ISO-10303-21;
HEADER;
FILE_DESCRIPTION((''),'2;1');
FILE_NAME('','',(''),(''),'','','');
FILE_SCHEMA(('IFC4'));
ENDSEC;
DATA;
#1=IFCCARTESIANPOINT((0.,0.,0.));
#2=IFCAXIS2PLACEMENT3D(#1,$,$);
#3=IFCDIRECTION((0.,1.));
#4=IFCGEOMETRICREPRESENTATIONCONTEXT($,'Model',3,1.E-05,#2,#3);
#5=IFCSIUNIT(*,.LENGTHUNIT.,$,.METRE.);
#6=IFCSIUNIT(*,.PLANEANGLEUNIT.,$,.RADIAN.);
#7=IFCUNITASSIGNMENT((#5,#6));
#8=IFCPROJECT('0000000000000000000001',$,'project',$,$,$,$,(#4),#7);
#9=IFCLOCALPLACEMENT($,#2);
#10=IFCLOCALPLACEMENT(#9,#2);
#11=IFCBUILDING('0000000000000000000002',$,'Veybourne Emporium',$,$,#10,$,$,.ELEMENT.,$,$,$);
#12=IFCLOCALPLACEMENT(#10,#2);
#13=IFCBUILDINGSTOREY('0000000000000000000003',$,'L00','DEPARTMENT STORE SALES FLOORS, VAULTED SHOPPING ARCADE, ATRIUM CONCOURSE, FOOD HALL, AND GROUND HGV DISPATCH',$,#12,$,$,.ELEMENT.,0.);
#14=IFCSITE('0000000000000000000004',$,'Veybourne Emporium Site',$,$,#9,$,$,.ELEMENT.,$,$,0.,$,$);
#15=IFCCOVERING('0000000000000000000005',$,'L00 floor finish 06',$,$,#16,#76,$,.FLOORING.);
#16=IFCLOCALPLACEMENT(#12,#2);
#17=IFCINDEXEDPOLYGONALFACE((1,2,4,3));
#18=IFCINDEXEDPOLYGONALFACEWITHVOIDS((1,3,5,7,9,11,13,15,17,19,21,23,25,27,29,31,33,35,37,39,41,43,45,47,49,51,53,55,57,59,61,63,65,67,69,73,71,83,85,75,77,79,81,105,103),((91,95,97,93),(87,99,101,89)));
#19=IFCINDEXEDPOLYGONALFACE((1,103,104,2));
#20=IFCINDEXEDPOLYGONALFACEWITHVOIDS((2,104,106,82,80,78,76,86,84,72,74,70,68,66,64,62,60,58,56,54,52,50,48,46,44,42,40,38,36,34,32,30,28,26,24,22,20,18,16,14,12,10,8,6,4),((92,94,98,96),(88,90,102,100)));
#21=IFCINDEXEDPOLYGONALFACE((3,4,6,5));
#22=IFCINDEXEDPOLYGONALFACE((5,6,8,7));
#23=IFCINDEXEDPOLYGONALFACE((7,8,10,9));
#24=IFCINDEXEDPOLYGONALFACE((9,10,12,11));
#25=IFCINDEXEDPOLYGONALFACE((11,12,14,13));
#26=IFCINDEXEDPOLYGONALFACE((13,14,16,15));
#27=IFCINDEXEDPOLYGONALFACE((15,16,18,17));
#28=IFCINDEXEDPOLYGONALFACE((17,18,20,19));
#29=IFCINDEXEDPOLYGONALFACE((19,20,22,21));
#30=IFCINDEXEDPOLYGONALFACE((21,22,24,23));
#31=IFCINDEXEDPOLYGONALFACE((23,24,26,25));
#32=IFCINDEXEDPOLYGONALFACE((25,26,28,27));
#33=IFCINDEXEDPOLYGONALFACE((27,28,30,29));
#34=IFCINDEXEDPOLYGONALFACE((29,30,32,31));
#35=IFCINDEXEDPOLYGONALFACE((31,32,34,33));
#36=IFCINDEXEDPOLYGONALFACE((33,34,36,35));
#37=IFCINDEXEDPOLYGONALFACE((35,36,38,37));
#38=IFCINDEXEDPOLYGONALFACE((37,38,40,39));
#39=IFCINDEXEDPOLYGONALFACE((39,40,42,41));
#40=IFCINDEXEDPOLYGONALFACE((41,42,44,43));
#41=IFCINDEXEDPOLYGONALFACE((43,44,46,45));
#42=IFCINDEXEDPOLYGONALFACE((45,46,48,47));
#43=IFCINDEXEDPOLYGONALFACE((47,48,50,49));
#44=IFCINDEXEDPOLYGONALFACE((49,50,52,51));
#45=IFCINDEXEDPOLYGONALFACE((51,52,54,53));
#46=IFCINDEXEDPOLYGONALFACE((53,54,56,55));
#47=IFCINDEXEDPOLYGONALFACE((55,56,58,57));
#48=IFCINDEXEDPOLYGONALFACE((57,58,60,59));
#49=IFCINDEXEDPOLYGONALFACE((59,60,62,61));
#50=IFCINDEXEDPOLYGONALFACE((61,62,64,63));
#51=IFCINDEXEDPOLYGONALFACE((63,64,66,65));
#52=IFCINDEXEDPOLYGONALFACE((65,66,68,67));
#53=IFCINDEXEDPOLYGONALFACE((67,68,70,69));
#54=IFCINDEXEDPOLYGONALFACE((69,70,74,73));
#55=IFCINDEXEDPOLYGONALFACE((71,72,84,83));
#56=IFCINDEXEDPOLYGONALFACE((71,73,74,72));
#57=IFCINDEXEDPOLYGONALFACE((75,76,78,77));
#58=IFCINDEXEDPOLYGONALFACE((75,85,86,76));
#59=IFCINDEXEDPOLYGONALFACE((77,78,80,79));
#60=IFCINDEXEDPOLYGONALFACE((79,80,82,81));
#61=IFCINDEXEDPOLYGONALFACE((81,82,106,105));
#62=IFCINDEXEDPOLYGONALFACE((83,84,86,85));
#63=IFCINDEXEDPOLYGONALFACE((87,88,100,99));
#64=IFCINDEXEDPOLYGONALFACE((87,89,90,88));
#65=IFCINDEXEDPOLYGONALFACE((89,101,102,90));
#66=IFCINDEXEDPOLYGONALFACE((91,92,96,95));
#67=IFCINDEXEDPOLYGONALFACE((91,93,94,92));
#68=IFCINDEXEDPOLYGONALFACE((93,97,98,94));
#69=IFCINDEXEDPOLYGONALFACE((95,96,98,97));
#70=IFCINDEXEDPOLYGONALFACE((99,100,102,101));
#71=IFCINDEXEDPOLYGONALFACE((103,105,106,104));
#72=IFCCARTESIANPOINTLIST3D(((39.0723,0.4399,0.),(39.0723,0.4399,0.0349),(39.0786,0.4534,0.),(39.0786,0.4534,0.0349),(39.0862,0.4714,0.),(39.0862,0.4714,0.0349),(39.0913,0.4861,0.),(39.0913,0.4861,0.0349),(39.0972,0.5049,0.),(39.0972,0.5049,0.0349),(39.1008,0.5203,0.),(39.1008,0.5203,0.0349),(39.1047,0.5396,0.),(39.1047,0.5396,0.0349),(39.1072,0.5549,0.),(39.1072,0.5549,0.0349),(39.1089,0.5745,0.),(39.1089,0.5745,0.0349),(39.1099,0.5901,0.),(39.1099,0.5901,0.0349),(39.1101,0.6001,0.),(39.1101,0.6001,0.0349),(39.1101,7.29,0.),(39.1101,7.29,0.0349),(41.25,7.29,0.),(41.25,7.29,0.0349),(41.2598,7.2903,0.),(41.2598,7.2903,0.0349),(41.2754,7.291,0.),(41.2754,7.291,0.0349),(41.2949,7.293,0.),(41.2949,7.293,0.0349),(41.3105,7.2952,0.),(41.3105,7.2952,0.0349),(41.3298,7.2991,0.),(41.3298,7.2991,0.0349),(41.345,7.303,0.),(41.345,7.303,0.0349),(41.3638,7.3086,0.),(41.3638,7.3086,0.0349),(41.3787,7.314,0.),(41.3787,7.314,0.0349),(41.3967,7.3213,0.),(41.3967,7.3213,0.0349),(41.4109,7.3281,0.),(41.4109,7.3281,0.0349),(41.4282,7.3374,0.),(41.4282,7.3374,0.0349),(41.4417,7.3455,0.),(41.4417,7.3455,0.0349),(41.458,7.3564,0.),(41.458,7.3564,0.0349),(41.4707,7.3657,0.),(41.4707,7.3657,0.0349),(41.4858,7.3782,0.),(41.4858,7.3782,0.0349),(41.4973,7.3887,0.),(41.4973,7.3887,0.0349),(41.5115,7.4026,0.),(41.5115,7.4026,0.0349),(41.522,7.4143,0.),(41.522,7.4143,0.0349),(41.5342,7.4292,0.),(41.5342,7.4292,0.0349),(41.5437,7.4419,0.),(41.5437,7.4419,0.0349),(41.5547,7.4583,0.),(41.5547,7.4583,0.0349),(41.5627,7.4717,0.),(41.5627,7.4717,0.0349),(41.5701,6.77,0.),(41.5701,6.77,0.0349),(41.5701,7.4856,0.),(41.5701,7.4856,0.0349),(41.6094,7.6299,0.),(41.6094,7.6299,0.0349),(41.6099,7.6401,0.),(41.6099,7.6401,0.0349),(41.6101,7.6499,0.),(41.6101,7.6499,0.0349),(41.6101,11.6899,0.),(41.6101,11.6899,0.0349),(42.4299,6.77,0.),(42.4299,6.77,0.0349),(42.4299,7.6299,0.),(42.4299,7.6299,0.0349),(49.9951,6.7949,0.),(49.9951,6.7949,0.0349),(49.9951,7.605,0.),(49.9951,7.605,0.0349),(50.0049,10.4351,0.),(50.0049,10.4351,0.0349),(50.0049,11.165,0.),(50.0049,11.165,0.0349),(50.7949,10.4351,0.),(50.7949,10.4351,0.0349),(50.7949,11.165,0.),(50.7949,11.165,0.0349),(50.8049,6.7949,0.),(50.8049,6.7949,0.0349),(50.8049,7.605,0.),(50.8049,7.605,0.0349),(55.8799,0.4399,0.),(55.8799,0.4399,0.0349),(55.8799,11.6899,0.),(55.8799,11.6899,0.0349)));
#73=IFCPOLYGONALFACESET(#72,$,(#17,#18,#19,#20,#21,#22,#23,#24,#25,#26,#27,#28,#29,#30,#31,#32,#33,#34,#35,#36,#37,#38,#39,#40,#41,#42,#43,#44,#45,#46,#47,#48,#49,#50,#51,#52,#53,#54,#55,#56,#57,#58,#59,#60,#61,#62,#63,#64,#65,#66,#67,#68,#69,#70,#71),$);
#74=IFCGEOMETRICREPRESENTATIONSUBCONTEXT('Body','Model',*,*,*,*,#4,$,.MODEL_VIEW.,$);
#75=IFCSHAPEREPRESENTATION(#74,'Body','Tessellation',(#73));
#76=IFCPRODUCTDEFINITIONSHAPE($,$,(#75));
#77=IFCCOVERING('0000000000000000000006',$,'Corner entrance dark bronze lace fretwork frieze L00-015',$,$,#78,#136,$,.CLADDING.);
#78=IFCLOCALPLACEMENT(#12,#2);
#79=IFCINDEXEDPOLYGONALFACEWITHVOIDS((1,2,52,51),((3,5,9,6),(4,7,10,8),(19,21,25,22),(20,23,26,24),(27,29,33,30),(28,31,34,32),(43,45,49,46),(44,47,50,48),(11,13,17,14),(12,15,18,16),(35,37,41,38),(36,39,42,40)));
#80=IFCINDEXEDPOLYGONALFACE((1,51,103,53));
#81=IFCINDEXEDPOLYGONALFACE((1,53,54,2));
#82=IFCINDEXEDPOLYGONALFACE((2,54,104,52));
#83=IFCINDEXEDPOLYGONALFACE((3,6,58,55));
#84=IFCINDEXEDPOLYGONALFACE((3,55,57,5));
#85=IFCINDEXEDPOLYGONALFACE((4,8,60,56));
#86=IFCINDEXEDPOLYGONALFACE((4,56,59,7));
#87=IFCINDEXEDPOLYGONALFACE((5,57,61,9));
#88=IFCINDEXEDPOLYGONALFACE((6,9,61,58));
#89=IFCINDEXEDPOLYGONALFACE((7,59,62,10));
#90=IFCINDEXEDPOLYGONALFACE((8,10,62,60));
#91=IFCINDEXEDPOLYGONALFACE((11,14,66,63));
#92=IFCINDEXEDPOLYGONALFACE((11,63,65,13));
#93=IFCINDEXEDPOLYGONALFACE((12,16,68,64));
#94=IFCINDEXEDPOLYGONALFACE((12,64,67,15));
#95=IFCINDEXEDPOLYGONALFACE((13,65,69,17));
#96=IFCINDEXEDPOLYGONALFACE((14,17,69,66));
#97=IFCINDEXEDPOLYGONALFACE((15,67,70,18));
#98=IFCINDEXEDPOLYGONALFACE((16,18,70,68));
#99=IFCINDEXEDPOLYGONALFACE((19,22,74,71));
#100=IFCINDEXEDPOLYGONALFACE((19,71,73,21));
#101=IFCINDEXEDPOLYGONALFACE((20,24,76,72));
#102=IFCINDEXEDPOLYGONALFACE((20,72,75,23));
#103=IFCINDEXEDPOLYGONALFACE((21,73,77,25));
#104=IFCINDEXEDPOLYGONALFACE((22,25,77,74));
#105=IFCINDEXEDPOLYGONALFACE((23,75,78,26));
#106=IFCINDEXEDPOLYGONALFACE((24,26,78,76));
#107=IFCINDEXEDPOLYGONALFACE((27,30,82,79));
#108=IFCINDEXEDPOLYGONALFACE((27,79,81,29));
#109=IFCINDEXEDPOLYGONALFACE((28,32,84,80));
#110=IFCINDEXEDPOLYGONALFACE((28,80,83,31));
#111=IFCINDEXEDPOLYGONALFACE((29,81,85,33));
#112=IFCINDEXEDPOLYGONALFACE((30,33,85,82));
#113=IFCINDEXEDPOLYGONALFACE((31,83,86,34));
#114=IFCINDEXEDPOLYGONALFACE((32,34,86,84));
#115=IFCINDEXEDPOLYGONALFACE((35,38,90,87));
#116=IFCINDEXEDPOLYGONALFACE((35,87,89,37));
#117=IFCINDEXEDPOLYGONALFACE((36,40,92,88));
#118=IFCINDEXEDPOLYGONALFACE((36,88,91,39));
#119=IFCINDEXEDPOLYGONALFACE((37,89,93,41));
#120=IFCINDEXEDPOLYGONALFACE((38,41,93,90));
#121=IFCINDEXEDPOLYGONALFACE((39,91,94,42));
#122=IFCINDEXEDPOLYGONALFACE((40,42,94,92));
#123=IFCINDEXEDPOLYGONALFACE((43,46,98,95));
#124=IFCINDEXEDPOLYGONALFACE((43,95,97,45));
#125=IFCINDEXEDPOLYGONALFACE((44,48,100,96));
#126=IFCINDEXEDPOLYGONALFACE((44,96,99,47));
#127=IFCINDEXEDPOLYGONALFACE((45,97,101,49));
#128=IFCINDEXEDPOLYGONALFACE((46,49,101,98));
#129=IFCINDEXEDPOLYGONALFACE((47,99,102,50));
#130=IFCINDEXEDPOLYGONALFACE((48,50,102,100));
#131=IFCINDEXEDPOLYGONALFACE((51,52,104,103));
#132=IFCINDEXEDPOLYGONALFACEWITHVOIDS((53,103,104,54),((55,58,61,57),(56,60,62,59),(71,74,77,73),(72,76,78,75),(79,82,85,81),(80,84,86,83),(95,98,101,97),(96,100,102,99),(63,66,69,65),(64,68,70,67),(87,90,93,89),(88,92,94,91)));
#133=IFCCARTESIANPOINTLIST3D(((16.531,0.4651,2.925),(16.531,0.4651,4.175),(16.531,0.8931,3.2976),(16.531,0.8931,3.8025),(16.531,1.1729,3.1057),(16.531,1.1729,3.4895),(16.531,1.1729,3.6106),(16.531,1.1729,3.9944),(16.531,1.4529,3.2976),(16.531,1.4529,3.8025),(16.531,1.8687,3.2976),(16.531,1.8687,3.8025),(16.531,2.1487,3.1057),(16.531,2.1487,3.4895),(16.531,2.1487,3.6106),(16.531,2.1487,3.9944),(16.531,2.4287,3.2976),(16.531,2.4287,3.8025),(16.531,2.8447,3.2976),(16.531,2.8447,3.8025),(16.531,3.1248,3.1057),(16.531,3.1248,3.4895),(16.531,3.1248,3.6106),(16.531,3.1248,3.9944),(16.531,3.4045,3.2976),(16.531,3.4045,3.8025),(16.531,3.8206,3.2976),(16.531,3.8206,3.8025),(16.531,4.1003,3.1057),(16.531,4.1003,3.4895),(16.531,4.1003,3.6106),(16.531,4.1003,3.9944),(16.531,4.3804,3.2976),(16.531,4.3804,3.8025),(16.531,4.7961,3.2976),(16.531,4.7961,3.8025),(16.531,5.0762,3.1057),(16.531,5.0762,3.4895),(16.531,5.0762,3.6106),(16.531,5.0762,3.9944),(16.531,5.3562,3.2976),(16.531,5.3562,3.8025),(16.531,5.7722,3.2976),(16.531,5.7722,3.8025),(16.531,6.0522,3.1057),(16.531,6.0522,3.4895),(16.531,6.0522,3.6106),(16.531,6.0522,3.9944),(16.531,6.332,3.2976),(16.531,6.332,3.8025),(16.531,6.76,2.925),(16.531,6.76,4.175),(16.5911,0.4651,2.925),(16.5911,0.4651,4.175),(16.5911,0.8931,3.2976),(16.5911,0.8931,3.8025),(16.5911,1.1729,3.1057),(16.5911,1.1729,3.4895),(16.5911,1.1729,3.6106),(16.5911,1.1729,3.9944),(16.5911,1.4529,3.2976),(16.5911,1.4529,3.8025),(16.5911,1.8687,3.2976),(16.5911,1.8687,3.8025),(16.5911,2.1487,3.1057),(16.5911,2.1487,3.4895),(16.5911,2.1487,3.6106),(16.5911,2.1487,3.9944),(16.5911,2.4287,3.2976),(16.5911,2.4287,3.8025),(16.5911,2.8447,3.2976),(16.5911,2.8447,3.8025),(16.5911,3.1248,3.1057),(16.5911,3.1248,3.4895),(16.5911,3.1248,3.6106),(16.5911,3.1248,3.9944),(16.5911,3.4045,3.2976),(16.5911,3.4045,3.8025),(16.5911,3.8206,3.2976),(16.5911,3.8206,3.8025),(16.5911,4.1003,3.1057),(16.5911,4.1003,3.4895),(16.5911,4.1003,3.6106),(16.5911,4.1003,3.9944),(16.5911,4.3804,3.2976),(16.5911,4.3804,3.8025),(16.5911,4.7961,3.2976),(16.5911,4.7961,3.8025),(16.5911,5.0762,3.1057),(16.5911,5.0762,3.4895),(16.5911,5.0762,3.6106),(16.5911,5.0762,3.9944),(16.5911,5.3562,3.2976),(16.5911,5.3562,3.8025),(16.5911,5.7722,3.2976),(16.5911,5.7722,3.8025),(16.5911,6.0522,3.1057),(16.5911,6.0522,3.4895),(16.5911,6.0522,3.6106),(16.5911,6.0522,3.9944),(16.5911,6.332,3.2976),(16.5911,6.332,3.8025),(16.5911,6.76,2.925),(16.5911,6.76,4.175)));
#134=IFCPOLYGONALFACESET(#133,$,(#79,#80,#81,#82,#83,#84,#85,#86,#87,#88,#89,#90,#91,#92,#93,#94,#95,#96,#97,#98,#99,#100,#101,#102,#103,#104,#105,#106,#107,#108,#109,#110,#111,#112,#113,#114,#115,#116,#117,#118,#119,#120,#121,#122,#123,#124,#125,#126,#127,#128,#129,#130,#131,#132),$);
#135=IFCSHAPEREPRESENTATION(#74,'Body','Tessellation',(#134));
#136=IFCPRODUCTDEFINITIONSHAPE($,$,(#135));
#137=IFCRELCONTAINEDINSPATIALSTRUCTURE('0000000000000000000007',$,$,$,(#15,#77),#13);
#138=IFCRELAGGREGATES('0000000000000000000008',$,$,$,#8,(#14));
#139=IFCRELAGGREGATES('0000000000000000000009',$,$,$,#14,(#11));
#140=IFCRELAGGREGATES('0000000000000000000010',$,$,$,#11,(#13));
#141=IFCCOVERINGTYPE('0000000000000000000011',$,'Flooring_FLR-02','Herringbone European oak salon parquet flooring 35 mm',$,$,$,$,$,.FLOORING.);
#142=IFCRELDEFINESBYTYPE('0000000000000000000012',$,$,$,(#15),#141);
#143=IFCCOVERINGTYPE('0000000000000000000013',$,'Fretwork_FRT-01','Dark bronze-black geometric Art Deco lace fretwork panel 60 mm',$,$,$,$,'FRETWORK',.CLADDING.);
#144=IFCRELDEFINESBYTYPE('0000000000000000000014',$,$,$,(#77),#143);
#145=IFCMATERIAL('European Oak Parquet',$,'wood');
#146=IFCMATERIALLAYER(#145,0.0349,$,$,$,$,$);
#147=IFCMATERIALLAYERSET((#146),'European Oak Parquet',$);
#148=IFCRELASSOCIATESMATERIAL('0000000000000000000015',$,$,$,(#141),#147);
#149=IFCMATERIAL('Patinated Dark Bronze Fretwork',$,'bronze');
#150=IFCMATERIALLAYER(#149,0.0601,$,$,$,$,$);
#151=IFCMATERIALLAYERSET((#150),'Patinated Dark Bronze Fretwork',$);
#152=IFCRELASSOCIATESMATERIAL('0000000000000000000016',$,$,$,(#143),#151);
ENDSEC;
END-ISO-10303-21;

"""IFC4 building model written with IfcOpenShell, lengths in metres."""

from ifc_helpers import new_model, si_unit, direction, frame, origin, place, context, subcontext, project, spatial, polyline, outline, extrude, material, layer, layer_set, type_object, element, save


model = new_model("IFC4")

# Units and contexts
model_context = context("Model", 3, precision=1e-05, world=origin(), true_north=direction((0.0, 1.0)))
body_context = subcontext(model_context, "Body", "Model", "MODEL_VIEW")
ifc_project = project(units=[si_unit("LENGTHUNIT", "METRE"), si_unit("PLANEANGLEUNIT", "RADIAN")], contexts=[model_context])

# Site, building, storey
site_placement = place(None, origin())
site = spatial("IfcSite", under=ifc_project, at=site_placement, Name="Veybourne Emporium Site", CompositionType="ELEMENT", RefElevation=0.0)
building_placement = place(site_placement, origin())
building = spatial("IfcBuilding", under=site, at=building_placement, Name="Veybourne Emporium", CompositionType="ELEMENT")
storey_placement = place(building_placement, origin())
storey = spatial("IfcBuildingStorey", under=building, at=storey_placement, Name="L00", Description="DEPARTMENT STORE SALES FLOORS, VAULTED SHOPPING ARCADE, ATRIUM CONCOURSE, FOOD HALL, AND GROUND HGV DISPATCH", CompositionType="ELEMENT", Elevation=0.0)

# Coverings
ifc_material_1 = material(Name="European Oak Parquet", Category="wood")
ifc_layer_1 = layer(ifc_material_1, 0.0349)
ifc_layer_set_1 = layer_set([ifc_layer_1], Name="European Oak Parquet")
covering_type_1 = type_object("IfcCoveringType", Name="Flooring_FLR-02", Description="Herringbone European oak salon parquet flooring 35 mm", PredefinedType="FLOORING", material=ifc_layer_set_1)
covering_1_placement = place(storey_placement, origin())
element("IfcCovering", 1, at=covering_1_placement, inside=storey, type_object=covering_type_1, Name="L00 floor finish 06", PredefinedType="FLOORING", context=body_context, shape_type="SweptSolid", body=[
    extrude(outline(polyline([(39.0786, 0.4534), (39.0862, 0.4714), (39.0913, 0.4861), (39.0972, 0.5049), (39.1008, 0.5203), (39.1047, 0.5396), (39.1072, 0.5549), (39.1089, 0.5745), (39.1099, 0.5901), (39.1101, 0.6001), (39.1101, 7.29), (41.25, 7.29), (41.2598, 7.2903), (41.2754, 7.291), (41.2949, 7.293), (41.3105, 7.2952), (41.3298, 7.2991), (41.345, 7.303), (41.3638, 7.3086), (41.3787, 7.314), (41.3967, 7.3213), (41.4109, 7.3281), (41.4282, 7.3374), (41.4417, 7.3455), (41.458, 7.3564), (41.4707, 7.3657), (41.4858, 7.3782), (41.4973, 7.3887), (41.5115, 7.4026), (41.522, 7.4143), (41.5342, 7.4292), (41.5437, 7.4419), (41.5547, 7.4583), (41.5627, 7.4717), (41.5701, 7.4856), (41.5701, 6.77), (42.4299, 6.77), (42.4299, 7.6299), (41.6094, 7.6299), (41.6099, 7.6401), (41.6101, 7.6499), (41.6101, 11.6899), (55.8799, 11.6899), (55.8799, 0.4399), (39.0723, 0.4399), (39.0786, 0.4534)]), holes=[polyline([(50.8049, 7.605), (49.9951, 7.605), (49.9951, 6.7949), (50.8049, 6.7949), (50.8049, 7.605)]), polyline([(50.7949, 11.165), (50.0049, 11.165), (50.0049, 10.4351), (50.7949, 10.4351), (50.7949, 11.165)])]), origin(), (0.0, 0.0, 1.0), 0.0349),
])
ifc_material_2 = material(Name="Patinated Dark Bronze Fretwork", Category="bronze")
ifc_layer_2 = layer(ifc_material_2, 0.0601)
ifc_layer_set_2 = layer_set([ifc_layer_2], Name="Patinated Dark Bronze Fretwork")
covering_type_2 = type_object("IfcCoveringType", Name="Fretwork_FRT-01", Description="Dark bronze-black geometric Art Deco lace fretwork panel 60 mm", ElementType="FRETWORK", PredefinedType="CLADDING", material=ifc_layer_set_2)
covering_2_placement = place(storey_placement, frame((16.531, 3.6125, 3.55), z_axis=(1.0, 0.0, 0.0), x_axis=(0.0, 1.0, 0.0)))
element("IfcCovering", 2, at=covering_2_placement, inside=storey, type_object=covering_type_2, Name="Corner entrance dark bronze lace fretwork frieze L00-015", PredefinedType="CLADDING", context=body_context, shape_type="SweptSolid", body=[
    extrude(outline(polyline([(-3.1475, -0.625), (3.1475, -0.625), (3.1475, 0.625), (-3.1475, 0.625), (-3.1475, -0.625)]), holes=[polyline([(-2.4397, -0.0605), (-2.1597, -0.2524), (-2.4397, -0.4443), (-2.7195, -0.2524), (-2.4397, -0.0605)]), polyline([(-2.4397, 0.4443), (-2.1597, 0.2524), (-2.4397, 0.0605), (-2.7195, 0.2524), (-2.4397, 0.4443)]), polyline([(-1.4639, -0.0605), (-1.1838, -0.2524), (-1.4639, -0.4443), (-1.7439, -0.2524), (-1.4639, -0.0605)]), polyline([(-1.4639, 0.4443), (-1.1838, 0.2524), (-1.4639, 0.0605), (-1.7439, 0.2524), (-1.4639, 0.4443)]), polyline([(-0.4878, -0.0605), (-0.208, -0.2524), (-0.4878, -0.4443), (-0.7678, -0.2524), (-0.4878, -0.0605)]), polyline([(-0.4878, 0.4443), (-0.208, 0.2524), (-0.4878, 0.0605), (-0.7678, 0.2524), (-0.4878, 0.4443)]), polyline([(0.4878, -0.0605), (0.7678, -0.2524), (0.4878, -0.4443), (0.208, -0.2524), (0.4878, -0.0605)]), polyline([(0.4878, 0.4443), (0.7678, 0.2524), (0.4878, 0.0605), (0.208, 0.2524), (0.4878, 0.4443)]), polyline([(1.4636, -0.0605), (1.7437, -0.2524), (1.4636, -0.4443), (1.1836, -0.2524), (1.4636, -0.0605)]), polyline([(1.4636, 0.4443), (1.7437, 0.2524), (1.4636, 0.0605), (1.1836, 0.2524), (1.4636, 0.4443)]), polyline([(2.4397, -0.0605), (2.7195, -0.2524), (2.4397, -0.4443), (2.1597, -0.2524), (2.4397, -0.0605)]), polyline([(2.4397, 0.4443), (2.7195, 0.2524), (2.4397, 0.0605), (2.1597, 0.2524), (2.4397, 0.4443)])]), origin(), (0.0, 0.0, 1.0), 0.0601),
])

save(model, "model.ifc")
